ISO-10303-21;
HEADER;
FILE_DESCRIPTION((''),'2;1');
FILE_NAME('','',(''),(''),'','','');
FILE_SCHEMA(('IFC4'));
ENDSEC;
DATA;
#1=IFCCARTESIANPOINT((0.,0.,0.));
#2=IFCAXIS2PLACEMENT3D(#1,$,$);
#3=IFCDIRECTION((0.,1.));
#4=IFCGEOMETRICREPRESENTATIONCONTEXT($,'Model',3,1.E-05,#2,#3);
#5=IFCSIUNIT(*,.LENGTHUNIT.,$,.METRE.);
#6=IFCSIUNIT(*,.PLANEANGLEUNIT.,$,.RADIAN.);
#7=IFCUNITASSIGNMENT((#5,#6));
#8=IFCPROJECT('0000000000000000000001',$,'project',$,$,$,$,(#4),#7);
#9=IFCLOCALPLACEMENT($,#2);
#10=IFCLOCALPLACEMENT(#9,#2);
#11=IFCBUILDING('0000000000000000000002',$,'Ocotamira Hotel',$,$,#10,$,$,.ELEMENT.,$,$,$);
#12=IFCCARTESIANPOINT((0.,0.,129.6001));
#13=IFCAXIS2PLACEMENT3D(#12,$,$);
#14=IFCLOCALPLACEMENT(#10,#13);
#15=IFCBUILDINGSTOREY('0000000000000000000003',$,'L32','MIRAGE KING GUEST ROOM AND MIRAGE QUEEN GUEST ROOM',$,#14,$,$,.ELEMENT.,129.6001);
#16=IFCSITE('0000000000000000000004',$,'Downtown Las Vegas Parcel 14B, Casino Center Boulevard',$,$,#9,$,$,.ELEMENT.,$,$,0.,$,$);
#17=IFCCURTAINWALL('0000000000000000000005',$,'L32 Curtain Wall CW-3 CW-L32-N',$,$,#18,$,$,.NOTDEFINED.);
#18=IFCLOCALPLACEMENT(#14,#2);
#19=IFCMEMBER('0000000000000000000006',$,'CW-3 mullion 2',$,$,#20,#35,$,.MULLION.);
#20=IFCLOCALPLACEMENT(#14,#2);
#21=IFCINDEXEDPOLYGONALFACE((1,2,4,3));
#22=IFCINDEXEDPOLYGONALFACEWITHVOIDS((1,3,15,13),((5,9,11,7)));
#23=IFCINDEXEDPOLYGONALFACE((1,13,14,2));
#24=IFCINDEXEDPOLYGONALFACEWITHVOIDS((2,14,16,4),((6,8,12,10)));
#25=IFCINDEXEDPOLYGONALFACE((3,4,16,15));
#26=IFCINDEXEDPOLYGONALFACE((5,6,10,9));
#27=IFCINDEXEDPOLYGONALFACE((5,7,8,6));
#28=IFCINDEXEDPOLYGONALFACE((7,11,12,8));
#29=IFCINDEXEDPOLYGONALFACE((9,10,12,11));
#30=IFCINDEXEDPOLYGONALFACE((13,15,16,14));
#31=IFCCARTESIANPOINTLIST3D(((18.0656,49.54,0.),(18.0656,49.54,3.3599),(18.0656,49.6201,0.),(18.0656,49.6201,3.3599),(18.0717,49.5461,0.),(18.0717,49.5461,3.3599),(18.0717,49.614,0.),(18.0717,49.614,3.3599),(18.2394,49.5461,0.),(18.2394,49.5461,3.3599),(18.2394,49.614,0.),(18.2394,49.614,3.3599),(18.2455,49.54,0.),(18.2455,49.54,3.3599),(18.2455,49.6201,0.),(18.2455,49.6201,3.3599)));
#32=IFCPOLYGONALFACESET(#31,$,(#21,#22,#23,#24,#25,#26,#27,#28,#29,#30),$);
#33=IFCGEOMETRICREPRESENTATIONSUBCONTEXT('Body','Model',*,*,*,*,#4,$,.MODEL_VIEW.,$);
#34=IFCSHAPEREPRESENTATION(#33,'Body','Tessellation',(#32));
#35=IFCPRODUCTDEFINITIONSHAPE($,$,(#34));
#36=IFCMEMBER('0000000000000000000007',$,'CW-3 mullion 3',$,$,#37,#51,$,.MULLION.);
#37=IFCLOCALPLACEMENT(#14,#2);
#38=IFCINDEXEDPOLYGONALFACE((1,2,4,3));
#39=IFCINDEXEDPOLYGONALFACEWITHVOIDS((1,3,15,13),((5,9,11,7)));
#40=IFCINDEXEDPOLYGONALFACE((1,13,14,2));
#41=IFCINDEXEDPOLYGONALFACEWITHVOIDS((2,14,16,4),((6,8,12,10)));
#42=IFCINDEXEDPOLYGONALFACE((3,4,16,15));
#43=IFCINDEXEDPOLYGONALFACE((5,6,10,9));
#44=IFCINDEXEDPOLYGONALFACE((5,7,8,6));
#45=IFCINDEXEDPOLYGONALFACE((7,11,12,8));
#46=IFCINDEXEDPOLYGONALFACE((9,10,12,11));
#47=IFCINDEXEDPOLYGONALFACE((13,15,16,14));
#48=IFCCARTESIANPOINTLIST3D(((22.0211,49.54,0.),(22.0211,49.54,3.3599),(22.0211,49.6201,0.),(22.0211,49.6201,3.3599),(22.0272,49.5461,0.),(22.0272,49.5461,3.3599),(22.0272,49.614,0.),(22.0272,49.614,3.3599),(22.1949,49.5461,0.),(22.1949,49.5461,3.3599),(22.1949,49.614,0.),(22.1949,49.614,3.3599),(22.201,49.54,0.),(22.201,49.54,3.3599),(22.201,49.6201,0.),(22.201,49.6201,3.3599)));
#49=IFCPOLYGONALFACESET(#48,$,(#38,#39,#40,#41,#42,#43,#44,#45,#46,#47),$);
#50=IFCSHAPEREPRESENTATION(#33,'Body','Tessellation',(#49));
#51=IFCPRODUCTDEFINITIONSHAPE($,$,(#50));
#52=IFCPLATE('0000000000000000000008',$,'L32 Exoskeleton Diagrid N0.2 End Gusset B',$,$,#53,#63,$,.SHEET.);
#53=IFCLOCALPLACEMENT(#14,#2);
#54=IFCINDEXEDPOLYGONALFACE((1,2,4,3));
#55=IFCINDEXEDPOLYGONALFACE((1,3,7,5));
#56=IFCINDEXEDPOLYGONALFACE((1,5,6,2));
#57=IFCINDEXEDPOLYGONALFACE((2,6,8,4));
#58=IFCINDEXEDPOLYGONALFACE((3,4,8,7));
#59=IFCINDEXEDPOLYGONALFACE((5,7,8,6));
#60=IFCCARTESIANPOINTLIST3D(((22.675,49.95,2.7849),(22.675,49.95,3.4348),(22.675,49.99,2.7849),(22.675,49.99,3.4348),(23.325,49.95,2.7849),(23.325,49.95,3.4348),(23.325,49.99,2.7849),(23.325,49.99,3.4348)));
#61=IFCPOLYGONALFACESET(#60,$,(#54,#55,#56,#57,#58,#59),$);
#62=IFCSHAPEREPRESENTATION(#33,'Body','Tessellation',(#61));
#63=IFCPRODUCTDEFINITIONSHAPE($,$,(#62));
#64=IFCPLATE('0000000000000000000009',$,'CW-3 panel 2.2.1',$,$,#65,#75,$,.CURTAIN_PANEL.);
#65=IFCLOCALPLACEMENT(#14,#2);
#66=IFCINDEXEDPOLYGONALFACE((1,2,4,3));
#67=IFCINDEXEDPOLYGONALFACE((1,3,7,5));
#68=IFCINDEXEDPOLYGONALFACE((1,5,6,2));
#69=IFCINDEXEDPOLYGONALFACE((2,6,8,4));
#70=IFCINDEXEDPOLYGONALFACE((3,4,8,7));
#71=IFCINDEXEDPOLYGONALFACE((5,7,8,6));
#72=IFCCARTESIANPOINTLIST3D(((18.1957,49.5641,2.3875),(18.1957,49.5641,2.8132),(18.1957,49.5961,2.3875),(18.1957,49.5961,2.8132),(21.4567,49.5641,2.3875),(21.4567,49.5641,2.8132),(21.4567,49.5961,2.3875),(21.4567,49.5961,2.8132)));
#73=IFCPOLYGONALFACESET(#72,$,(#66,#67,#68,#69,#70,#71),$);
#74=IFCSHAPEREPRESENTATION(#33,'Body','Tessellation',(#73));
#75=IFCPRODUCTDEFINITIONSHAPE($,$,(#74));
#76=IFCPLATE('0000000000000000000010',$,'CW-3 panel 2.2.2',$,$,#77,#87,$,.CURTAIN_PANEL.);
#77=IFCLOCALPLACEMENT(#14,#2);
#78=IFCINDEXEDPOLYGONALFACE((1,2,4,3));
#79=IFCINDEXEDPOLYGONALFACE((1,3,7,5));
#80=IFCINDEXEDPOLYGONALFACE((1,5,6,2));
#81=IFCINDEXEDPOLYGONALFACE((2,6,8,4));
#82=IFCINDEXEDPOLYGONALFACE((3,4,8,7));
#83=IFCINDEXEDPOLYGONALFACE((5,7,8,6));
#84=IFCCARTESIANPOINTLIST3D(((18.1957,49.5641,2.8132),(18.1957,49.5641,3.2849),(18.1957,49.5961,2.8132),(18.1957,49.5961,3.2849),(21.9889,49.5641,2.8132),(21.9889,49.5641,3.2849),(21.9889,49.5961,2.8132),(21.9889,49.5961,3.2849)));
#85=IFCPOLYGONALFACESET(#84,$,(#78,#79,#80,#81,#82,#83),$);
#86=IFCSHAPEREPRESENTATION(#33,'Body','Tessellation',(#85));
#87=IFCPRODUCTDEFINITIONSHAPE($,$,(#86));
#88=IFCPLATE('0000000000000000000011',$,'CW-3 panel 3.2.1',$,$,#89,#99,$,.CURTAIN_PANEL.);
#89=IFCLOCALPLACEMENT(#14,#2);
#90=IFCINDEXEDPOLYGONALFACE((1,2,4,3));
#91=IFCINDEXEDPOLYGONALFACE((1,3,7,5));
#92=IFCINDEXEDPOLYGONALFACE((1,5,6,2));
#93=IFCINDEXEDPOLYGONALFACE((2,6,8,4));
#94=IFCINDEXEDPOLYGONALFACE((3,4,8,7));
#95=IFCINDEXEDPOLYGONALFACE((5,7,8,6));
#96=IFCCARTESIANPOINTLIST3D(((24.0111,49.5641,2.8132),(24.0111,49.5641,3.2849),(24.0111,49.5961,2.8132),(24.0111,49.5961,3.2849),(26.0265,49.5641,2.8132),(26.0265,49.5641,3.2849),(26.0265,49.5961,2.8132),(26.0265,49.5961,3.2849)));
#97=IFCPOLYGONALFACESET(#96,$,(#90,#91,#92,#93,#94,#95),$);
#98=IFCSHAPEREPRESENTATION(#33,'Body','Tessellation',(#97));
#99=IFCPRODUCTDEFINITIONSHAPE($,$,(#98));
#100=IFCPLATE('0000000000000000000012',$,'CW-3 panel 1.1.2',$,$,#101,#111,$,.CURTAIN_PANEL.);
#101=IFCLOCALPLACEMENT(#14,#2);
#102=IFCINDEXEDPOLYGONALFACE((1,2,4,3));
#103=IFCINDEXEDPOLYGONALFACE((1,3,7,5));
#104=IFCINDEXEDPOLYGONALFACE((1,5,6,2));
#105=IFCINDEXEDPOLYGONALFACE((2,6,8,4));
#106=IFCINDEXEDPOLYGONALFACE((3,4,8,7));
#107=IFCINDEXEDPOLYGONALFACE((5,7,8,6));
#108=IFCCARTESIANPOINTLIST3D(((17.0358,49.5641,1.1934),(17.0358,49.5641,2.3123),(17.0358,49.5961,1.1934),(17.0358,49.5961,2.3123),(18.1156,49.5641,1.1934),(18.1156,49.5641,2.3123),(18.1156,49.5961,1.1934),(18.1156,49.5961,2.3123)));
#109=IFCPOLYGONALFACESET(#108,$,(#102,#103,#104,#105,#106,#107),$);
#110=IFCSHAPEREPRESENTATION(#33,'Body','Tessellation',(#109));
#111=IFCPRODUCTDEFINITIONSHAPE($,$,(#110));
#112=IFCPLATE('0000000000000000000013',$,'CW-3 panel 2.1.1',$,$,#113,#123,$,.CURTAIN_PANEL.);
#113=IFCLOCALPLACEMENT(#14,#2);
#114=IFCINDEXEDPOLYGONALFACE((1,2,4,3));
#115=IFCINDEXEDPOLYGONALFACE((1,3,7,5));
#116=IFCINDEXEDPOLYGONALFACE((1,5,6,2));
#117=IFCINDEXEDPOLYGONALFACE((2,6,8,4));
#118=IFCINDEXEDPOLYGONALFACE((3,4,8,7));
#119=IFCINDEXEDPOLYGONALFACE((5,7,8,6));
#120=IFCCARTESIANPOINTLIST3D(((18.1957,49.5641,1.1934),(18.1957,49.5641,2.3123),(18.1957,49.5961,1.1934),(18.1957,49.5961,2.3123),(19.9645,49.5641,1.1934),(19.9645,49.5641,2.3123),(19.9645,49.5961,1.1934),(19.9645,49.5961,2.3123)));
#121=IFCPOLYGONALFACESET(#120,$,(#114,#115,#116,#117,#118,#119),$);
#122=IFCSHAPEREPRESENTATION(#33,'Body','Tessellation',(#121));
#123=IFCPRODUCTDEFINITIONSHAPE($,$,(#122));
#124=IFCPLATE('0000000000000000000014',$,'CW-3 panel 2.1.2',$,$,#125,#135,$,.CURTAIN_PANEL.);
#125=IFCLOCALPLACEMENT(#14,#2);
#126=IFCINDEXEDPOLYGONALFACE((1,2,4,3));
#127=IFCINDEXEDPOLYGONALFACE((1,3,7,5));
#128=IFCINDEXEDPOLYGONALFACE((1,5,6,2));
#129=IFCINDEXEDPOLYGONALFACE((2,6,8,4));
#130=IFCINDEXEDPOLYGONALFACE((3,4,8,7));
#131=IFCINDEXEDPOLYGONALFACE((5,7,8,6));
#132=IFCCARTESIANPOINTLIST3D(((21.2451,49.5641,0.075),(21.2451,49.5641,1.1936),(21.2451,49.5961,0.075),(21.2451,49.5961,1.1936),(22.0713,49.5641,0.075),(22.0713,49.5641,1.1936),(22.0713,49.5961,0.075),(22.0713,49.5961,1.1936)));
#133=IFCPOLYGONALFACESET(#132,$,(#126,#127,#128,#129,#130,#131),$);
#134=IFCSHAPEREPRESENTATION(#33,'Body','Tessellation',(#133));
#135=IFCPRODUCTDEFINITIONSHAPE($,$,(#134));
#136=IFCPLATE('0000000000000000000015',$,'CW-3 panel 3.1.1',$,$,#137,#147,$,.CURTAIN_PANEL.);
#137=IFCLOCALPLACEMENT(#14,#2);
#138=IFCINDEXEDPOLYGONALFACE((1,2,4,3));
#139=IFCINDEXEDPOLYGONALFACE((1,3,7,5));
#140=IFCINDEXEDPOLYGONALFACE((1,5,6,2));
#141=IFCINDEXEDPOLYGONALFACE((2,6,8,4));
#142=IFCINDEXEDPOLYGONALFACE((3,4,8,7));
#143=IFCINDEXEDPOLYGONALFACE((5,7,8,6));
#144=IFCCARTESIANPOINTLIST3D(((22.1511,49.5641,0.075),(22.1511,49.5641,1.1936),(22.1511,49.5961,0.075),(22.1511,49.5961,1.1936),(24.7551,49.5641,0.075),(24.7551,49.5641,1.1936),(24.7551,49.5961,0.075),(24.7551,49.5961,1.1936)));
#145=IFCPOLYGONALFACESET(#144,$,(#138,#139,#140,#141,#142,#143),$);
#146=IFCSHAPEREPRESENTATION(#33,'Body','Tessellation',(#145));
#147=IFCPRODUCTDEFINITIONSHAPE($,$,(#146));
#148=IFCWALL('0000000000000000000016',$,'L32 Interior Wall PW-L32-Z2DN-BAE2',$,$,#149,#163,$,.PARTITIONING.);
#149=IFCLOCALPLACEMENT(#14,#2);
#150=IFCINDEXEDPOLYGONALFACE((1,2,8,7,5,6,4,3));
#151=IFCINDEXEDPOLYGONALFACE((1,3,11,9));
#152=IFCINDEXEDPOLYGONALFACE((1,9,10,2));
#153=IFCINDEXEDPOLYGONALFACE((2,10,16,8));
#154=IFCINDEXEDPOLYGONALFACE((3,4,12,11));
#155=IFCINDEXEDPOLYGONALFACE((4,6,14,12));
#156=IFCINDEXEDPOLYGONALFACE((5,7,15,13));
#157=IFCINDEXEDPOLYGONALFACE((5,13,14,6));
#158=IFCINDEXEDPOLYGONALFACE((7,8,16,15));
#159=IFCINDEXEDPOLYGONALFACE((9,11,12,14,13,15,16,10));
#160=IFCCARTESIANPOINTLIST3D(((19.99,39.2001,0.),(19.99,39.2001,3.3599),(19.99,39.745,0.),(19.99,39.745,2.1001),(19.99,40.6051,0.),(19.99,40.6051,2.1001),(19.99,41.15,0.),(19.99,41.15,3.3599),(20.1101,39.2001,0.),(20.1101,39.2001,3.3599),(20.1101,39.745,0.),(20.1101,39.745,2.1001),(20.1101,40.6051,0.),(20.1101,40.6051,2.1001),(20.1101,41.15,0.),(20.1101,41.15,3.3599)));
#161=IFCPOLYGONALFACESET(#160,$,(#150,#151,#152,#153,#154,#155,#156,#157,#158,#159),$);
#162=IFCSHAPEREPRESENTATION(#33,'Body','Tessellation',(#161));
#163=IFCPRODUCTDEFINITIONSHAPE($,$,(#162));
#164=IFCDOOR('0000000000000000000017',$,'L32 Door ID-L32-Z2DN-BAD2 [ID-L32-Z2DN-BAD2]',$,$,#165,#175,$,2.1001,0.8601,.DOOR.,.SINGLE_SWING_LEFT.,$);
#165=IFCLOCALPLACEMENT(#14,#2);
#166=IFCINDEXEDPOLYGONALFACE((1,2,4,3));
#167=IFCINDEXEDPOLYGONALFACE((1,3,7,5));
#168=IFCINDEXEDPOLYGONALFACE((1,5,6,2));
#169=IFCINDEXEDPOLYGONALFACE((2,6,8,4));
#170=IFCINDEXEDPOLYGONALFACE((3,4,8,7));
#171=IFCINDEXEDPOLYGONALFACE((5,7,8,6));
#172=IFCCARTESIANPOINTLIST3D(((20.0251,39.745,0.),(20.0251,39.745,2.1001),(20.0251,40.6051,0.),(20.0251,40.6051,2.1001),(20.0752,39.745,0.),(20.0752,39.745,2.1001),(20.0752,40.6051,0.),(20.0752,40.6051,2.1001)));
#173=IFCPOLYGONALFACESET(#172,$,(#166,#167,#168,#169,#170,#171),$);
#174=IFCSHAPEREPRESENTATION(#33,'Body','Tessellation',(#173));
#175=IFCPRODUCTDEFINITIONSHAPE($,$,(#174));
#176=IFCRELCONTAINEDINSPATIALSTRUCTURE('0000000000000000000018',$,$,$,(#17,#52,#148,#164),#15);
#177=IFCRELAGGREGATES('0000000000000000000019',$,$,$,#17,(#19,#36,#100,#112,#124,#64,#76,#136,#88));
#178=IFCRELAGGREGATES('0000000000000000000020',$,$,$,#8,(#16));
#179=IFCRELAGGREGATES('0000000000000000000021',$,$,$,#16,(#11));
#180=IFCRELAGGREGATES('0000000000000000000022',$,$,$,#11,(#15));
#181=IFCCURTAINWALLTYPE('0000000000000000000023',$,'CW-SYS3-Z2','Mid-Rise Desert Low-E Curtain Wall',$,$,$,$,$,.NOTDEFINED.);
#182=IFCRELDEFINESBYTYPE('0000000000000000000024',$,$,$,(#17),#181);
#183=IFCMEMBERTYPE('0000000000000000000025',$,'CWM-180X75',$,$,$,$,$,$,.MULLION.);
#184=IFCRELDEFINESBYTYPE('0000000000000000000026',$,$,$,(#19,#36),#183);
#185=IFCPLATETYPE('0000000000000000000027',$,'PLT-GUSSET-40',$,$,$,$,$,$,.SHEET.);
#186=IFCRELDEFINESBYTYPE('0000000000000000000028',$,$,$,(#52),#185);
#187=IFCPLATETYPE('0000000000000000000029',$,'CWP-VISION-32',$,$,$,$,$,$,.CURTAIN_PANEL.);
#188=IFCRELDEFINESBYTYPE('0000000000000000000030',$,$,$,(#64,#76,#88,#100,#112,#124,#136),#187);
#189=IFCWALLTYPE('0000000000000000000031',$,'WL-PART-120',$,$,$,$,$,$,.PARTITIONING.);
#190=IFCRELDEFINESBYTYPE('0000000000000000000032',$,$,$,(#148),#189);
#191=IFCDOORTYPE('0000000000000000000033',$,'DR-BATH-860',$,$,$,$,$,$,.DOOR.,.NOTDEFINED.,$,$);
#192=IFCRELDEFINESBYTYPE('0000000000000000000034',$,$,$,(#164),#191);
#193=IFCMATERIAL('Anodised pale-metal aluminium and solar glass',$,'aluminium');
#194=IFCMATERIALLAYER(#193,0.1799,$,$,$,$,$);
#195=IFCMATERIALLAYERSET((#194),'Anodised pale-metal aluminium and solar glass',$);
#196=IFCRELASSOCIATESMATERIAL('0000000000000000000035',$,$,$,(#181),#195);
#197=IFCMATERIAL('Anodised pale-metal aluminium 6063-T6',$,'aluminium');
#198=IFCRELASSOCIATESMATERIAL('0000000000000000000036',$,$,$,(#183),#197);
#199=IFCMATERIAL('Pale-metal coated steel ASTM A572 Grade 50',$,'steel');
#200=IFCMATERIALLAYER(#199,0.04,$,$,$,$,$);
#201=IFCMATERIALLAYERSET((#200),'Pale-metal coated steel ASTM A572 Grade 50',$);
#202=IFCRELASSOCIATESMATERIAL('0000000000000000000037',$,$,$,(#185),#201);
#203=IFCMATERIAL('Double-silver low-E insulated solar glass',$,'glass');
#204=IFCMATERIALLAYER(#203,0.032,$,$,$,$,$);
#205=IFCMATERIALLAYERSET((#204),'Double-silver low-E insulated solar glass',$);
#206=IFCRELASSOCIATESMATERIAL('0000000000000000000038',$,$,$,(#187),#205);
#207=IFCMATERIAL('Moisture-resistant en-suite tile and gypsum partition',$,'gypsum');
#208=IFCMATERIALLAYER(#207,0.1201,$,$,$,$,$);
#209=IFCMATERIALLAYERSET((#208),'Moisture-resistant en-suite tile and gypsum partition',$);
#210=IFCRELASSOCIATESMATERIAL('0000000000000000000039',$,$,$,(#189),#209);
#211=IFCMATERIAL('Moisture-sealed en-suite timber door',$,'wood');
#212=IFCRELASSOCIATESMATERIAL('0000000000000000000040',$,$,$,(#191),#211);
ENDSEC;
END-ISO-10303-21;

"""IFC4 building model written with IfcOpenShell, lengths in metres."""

from ifc_helpers import new_model, si_unit, direction, frame, frame_2d, origin, origin_2d, place, context, subcontext, project, spatial, rectangle, hollow_rectangle, extrude, source, transform, mapped, material, layer, layer_set, material_profile, profile_set, type_object, element, fill, aggregate, save


model = new_model("IFC4")

# Units and contexts
model_context = context("Model", 3, precision=1e-05, world=origin(), true_north=direction((0.0, 1.0)))
body_context = subcontext(model_context, "Body", "Model", "MODEL_VIEW")
ifc_project = project(units=[si_unit("LENGTHUNIT", "METRE"), si_unit("PLANEANGLEUNIT", "RADIAN")], contexts=[model_context])

# Site, building, storey
site_placement = place(None, origin())
site = spatial("IfcSite", under=ifc_project, at=site_placement, Name="Downtown Las Vegas Parcel 14B, Casino Center Boulevard", CompositionType="ELEMENT", RefElevation=0.0)
building_placement = place(site_placement, origin())
building = spatial("IfcBuilding", under=site, at=building_placement, Name="Ocotamira Hotel", CompositionType="ELEMENT")
storey_placement = place(building_placement, frame((0.0, 0.0, 129.6001)))
storey = spatial("IfcBuildingStorey", under=building, at=storey_placement, Name="L32", Description="MIRAGE KING GUEST ROOM AND MIRAGE QUEEN GUEST ROOM", CompositionType="ELEMENT", Elevation=129.6001)

# Curtain wall, members
ifc_material_1 = material(Name="Anodised pale-metal aluminium and solar glass", Category="aluminium")
ifc_layer_1 = layer(ifc_material_1, 0.1799)
ifc_layer_set_1 = layer_set([ifc_layer_1], Name="Anodised pale-metal aluminium and solar glass")
curtain_wall_type = type_object("IfcCurtainWallType", Name="CW-SYS3-Z2", Description="Mid-Rise Desert Low-E Curtain Wall", PredefinedType="NOTDEFINED", material=ifc_layer_set_1)
curtain_wall_placement = place(storey_placement, origin())
curtain_wall = element("IfcCurtainWall", 1, at=curtain_wall_placement, inside=storey, type_object=curtain_wall_type, Name="L32 Curtain Wall CW-3 CW-L32-N", PredefinedType="NOTDEFINED")
ifc_material_2 = material(Name="Anodised pale-metal aluminium 6063-T6", Category="aluminium")
ifc_material_profile_1 = material_profile(ifc_material_2, hollow_rectangle(XDim=0.0801, YDim=0.1799, WallThickness=0.0061, at=origin_2d()), Name="HSS180X80X6")
ifc_profile_set_1 = profile_set([ifc_material_profile_1], Name="Anodised pale-metal aluminium 6063-T6")
member_type_1 = type_object("IfcMemberType", Name="CWM-180X75", PredefinedType="MULLION", material=ifc_profile_set_1)
shared_shape_1 = source(origin(), body_context, "Body", "SweptSolid", [
    extrude(hollow_rectangle(XDim=0.0801, YDim=0.1799, WallThickness=0.0061, at=origin_2d()), origin(), (0.0, 0.0, 1.0), 3.3599),
])
member_1_placement = place(storey_placement, frame((18.1555, 49.5801, 0.0), z_axis=(0.0, 0.0, 1.0), x_axis=(0.0, 1.0, 0.0)))
member_1 = element("IfcMember", 2, at=member_1_placement, type_object=member_type_1, Name="CW-3 mullion 2", PredefinedType="MULLION", context=body_context, shape_type="MappedRepresentation", body=[
    mapped(shared_shape_1, transform((0.0, 0.0, 0.0), scale=1.0)),
])
member_2_placement = place(storey_placement, frame((22.1111, 49.5801, 0.0), z_axis=(0.0, 0.0, 1.0), x_axis=(0.0, 1.0, 0.0)))
member_2 = element("IfcMember", 3, at=member_2_placement, type_object=member_type_1, Name="CW-3 mullion 3", PredefinedType="MULLION", context=body_context, shape_type="MappedRepresentation", body=[
    mapped(shared_shape_1, transform((0.0, 0.0, 0.0), scale=1.0)),
])

# Plates
ifc_material_3 = material(Name="Pale-metal coated steel ASTM A572 Grade 50", Category="steel")
ifc_layer_2 = layer(ifc_material_3, 0.04)
ifc_layer_set_2 = layer_set([ifc_layer_2], Name="Pale-metal coated steel ASTM A572 Grade 50")
plate_type_1 = type_object("IfcPlateType", Name="PLT-GUSSET-40", PredefinedType="SHEET", material=ifc_layer_set_2)
shared_shape_2 = source(origin(), body_context, "Body", "SweptSolid", [
    extrude(rectangle(XDim=0.6499, YDim=0.04, at=origin_2d()), origin(), (0.0, 0.0, 1.0), 0.6499),
])
plate_1_placement = place(storey_placement, frame((23.0, 49.97, 2.7849), z_axis=(0.0, 0.0, 1.0), x_axis=(1.0, 0.0, 0.0)))
element("IfcPlate", 4, at=plate_1_placement, inside=storey, type_object=plate_type_1, Name="L32 Exoskeleton Diagrid N0.2 End Gusset B", PredefinedType="SHEET", context=body_context, shape_type="MappedRepresentation", body=[
    mapped(shared_shape_2, transform((0.0, 0.0, 0.0), scale=1.0)),
])
ifc_material_4 = material(Name="Double-silver low-E insulated solar glass", Category="glass")
ifc_layer_3 = layer(ifc_material_4, 0.032)
ifc_layer_set_3 = layer_set([ifc_layer_3], Name="Double-silver low-E insulated solar glass")
plate_type_2 = type_object("IfcPlateType", Name="CWP-VISION-32", PredefinedType="CURTAIN_PANEL", material=ifc_layer_set_3)
shared_shape_3 = source(origin(), body_context, "Body", "SweptSolid", [
    extrude(rectangle(XDim=3.261, YDim=0.032, at=origin_2d()), origin(), (0.0, 0.0, 1.0), 0.4258),
])
plate_2_placement = place(storey_placement, frame((19.8262, 49.5801, 2.3875), z_axis=(0.0, 0.0, 1.0), x_axis=(1.0, 0.0, 0.0)))
plate_2 = element("IfcPlate", 5, at=plate_2_placement, type_object=plate_type_2, Name="CW-3 panel 2.2.1", PredefinedType="CURTAIN_PANEL", context=body_context, shape_type="MappedRepresentation", body=[
    mapped(shared_shape_3, transform((0.0, 0.0, 0.0), scale=1.0)),
])
shared_shape_4 = source(origin(), body_context, "Body", "SweptSolid", [
    extrude(rectangle(XDim=3.7932, YDim=0.032, at=origin_2d()), origin(), (0.0, 0.0, 1.0), 0.4717),
])
plate_3_placement = place(storey_placement, frame((20.0923, 49.5801, 2.8132), z_axis=(0.0, 0.0, 1.0), x_axis=(1.0, 0.0, 0.0)))
plate_3 = element("IfcPlate", 6, at=plate_3_placement, type_object=plate_type_2, Name="CW-3 panel 2.2.2", PredefinedType="CURTAIN_PANEL", context=body_context, shape_type="MappedRepresentation", body=[
    mapped(shared_shape_4, transform((0.0, 0.0, 0.0), scale=1.0)),
])
shared_shape_5 = source(origin(), body_context, "Body", "SweptSolid", [
    extrude(rectangle(XDim=2.0154, YDim=0.032, at=origin_2d()), origin(), (0.0, 0.0, 1.0), 0.4717),
])
plate_4_placement = place(storey_placement, frame((25.0188, 49.5801, 2.8132), z_axis=(0.0, 0.0, 1.0), x_axis=(1.0, 0.0, 0.0)))
plate_4 = element("IfcPlate", 7, at=plate_4_placement, type_object=plate_type_2, Name="CW-3 panel 3.2.1", PredefinedType="CURTAIN_PANEL", context=body_context, shape_type="MappedRepresentation", body=[
    mapped(shared_shape_5, transform((0.0, 0.0, 0.0), scale=1.0)),
])
shared_shape_6 = source(origin(), body_context, "Body", "SweptSolid", [
    extrude(rectangle(XDim=1.0798, YDim=0.032, at=origin_2d()), origin(), (0.0, 0.0, 1.0), 1.1189),
])
plate_5_placement = place(storey_placement, frame((17.5757, 49.5801, 1.1934), z_axis=(0.0, 0.0, 1.0), x_axis=(1.0, 0.0, 0.0)))
plate_5 = element("IfcPlate", 8, at=plate_5_placement, type_object=plate_type_2, Name="CW-3 panel 1.1.2", PredefinedType="CURTAIN_PANEL", context=body_context, shape_type="MappedRepresentation", body=[
    mapped(shared_shape_6, transform((0.0, 0.0, 0.0), scale=1.0)),
])
shared_shape_7 = source(origin(), body_context, "Body", "SweptSolid", [
    extrude(rectangle(XDim=1.7688, YDim=0.032, at=origin_2d()), origin(), (0.0, 0.0, 1.0), 1.1189),
])
plate_6_placement = place(storey_placement, frame((19.0801, 49.5801, 1.1934), z_axis=(0.0, 0.0, 1.0), x_axis=(1.0, 0.0, 0.0)))
plate_6 = element("IfcPlate", 9, at=plate_6_placement, type_object=plate_type_2, Name="CW-3 panel 2.1.1", PredefinedType="CURTAIN_PANEL", context=body_context, shape_type="MappedRepresentation", body=[
    mapped(shared_shape_7, transform((0.0, 0.0, 0.0), scale=1.0)),
])
shared_shape_8 = source(origin(), body_context, "Body", "SweptSolid", [
    extrude(rectangle(XDim=0.8262, YDim=0.032, at=origin_2d()), origin(), (0.0, 0.0, 1.0), 1.1187),
])
plate_7_placement = place(storey_placement, frame((21.6582, 49.5801, 0.075), z_axis=(0.0, 0.0, 1.0), x_axis=(1.0, 0.0, 0.0)))
plate_7 = element("IfcPlate", 10, at=plate_7_placement, type_object=plate_type_2, Name="CW-3 panel 2.1.2", PredefinedType="CURTAIN_PANEL", context=body_context, shape_type="MappedRepresentation", body=[
    mapped(shared_shape_8, transform((0.0, 0.0, 0.0), scale=1.0)),
])
shared_shape_9 = source(origin(), body_context, "Body", "SweptSolid", [
    extrude(rectangle(XDim=2.604, YDim=0.032, at=origin_2d()), origin(), (0.0, 0.0, 1.0), 1.1187),
])
plate_8_placement = place(storey_placement, frame((23.4531, 49.5801, 0.075), z_axis=(0.0, 0.0, 1.0), x_axis=(1.0, 0.0, 0.0)))
plate_8 = element("IfcPlate", 11, at=plate_8_placement, type_object=plate_type_2, Name="CW-3 panel 3.1.1", PredefinedType="CURTAIN_PANEL", context=body_context, shape_type="MappedRepresentation", body=[
    mapped(shared_shape_9, transform((0.0, 0.0, 0.0), scale=1.0)),
])
aggregate(curtain_wall, [member_1, member_2, plate_5, plate_6, plate_7, plate_2, plate_3, plate_8, plate_4])

# Wall, opening, door
ifc_material_5 = material(Name="Moisture-resistant en-suite tile and gypsum partition", Category="gypsum")
ifc_layer_4 = layer(ifc_material_5, 0.1201)
ifc_layer_set_4 = layer_set([ifc_layer_4], Name="Moisture-resistant en-suite tile and gypsum partition")
wall_type_1 = type_object("IfcWallType", Name="WL-PART-120", PredefinedType="PARTITIONING", material=ifc_layer_set_4)
wall_1_placement = place(storey_placement, frame((20.05, 39.2, 0.0), z_axis=(0.0, 0.0, 1.0), x_axis=(0.0, 1.0, 0.0)))
wall_1 = element("IfcWall", 12, at=wall_1_placement, inside=storey, type_object=wall_type_1, Name="L32 Interior Wall PW-L32-Z2DN-BAE2", PredefinedType="PARTITIONING", context=body_context, shape_type="SweptSolid", body=[
    extrude(rectangle(XDim=1.95, YDim=0.1201, at=frame_2d((0.9751, 0.0))), origin(), (0.0, 0.0, 1.0), 3.3599),
])
opening_1_placement = place(wall_1_placement, frame((0.5449, 0.0, 0.0)))
opening_1 = element("IfcOpeningElement", 13, at=opening_1_placement, cuts=wall_1, PredefinedType="OPENING", context=body_context, shape_type="SweptSolid", body=[
    extrude(rectangle(XDim=0.8601, YDim=2.1001, at=frame_2d((0.4302, 1.05))), frame((0.0, 0.0701, 0.0), z_axis=(0.0, -1.0, 0.0), x_axis=(1.0, 0.0, 0.0)), (0.0, 0.0, 1.0), 0.1401),
])
ifc_material_6 = material(Name="Moisture-sealed en-suite timber door", Category="wood")
door_type = type_object("IfcDoorType", Name="DR-BATH-860", OperationType="NOTDEFINED", PredefinedType="DOOR", material=ifc_material_6)
shared_shape_10 = source(origin(), body_context, "Body", "SweptSolid", [
    extrude(rectangle(XDim=0.8601, YDim=2.1001, at=frame_2d((0.4302, 1.05))), frame((0.0, 0.0249, 0.0), z_axis=(0.0, -1.0, 0.0), x_axis=(1.0, 0.0, 0.0)), (0.0, 0.0, 1.0), 0.05),
])
door_1_placement = place(opening_1_placement, origin())
door_1 = element("IfcDoor", 14, at=door_1_placement, inside=storey, type_object=door_type, Name="L32 Door ID-L32-Z2DN-BAD2 [ID-L32-Z2DN-BAD2]", OperationType="SINGLE_SWING_LEFT", OverallHeight=2.1001, OverallWidth=0.8601, PredefinedType="DOOR", context=body_context, shape_type="MappedRepresentation", body=[
    mapped(shared_shape_10, transform((0.0, 0.0, 0.0), scale=1.0)),
])
fill(opening_1, door_1)

save(model, "model.ifc")
